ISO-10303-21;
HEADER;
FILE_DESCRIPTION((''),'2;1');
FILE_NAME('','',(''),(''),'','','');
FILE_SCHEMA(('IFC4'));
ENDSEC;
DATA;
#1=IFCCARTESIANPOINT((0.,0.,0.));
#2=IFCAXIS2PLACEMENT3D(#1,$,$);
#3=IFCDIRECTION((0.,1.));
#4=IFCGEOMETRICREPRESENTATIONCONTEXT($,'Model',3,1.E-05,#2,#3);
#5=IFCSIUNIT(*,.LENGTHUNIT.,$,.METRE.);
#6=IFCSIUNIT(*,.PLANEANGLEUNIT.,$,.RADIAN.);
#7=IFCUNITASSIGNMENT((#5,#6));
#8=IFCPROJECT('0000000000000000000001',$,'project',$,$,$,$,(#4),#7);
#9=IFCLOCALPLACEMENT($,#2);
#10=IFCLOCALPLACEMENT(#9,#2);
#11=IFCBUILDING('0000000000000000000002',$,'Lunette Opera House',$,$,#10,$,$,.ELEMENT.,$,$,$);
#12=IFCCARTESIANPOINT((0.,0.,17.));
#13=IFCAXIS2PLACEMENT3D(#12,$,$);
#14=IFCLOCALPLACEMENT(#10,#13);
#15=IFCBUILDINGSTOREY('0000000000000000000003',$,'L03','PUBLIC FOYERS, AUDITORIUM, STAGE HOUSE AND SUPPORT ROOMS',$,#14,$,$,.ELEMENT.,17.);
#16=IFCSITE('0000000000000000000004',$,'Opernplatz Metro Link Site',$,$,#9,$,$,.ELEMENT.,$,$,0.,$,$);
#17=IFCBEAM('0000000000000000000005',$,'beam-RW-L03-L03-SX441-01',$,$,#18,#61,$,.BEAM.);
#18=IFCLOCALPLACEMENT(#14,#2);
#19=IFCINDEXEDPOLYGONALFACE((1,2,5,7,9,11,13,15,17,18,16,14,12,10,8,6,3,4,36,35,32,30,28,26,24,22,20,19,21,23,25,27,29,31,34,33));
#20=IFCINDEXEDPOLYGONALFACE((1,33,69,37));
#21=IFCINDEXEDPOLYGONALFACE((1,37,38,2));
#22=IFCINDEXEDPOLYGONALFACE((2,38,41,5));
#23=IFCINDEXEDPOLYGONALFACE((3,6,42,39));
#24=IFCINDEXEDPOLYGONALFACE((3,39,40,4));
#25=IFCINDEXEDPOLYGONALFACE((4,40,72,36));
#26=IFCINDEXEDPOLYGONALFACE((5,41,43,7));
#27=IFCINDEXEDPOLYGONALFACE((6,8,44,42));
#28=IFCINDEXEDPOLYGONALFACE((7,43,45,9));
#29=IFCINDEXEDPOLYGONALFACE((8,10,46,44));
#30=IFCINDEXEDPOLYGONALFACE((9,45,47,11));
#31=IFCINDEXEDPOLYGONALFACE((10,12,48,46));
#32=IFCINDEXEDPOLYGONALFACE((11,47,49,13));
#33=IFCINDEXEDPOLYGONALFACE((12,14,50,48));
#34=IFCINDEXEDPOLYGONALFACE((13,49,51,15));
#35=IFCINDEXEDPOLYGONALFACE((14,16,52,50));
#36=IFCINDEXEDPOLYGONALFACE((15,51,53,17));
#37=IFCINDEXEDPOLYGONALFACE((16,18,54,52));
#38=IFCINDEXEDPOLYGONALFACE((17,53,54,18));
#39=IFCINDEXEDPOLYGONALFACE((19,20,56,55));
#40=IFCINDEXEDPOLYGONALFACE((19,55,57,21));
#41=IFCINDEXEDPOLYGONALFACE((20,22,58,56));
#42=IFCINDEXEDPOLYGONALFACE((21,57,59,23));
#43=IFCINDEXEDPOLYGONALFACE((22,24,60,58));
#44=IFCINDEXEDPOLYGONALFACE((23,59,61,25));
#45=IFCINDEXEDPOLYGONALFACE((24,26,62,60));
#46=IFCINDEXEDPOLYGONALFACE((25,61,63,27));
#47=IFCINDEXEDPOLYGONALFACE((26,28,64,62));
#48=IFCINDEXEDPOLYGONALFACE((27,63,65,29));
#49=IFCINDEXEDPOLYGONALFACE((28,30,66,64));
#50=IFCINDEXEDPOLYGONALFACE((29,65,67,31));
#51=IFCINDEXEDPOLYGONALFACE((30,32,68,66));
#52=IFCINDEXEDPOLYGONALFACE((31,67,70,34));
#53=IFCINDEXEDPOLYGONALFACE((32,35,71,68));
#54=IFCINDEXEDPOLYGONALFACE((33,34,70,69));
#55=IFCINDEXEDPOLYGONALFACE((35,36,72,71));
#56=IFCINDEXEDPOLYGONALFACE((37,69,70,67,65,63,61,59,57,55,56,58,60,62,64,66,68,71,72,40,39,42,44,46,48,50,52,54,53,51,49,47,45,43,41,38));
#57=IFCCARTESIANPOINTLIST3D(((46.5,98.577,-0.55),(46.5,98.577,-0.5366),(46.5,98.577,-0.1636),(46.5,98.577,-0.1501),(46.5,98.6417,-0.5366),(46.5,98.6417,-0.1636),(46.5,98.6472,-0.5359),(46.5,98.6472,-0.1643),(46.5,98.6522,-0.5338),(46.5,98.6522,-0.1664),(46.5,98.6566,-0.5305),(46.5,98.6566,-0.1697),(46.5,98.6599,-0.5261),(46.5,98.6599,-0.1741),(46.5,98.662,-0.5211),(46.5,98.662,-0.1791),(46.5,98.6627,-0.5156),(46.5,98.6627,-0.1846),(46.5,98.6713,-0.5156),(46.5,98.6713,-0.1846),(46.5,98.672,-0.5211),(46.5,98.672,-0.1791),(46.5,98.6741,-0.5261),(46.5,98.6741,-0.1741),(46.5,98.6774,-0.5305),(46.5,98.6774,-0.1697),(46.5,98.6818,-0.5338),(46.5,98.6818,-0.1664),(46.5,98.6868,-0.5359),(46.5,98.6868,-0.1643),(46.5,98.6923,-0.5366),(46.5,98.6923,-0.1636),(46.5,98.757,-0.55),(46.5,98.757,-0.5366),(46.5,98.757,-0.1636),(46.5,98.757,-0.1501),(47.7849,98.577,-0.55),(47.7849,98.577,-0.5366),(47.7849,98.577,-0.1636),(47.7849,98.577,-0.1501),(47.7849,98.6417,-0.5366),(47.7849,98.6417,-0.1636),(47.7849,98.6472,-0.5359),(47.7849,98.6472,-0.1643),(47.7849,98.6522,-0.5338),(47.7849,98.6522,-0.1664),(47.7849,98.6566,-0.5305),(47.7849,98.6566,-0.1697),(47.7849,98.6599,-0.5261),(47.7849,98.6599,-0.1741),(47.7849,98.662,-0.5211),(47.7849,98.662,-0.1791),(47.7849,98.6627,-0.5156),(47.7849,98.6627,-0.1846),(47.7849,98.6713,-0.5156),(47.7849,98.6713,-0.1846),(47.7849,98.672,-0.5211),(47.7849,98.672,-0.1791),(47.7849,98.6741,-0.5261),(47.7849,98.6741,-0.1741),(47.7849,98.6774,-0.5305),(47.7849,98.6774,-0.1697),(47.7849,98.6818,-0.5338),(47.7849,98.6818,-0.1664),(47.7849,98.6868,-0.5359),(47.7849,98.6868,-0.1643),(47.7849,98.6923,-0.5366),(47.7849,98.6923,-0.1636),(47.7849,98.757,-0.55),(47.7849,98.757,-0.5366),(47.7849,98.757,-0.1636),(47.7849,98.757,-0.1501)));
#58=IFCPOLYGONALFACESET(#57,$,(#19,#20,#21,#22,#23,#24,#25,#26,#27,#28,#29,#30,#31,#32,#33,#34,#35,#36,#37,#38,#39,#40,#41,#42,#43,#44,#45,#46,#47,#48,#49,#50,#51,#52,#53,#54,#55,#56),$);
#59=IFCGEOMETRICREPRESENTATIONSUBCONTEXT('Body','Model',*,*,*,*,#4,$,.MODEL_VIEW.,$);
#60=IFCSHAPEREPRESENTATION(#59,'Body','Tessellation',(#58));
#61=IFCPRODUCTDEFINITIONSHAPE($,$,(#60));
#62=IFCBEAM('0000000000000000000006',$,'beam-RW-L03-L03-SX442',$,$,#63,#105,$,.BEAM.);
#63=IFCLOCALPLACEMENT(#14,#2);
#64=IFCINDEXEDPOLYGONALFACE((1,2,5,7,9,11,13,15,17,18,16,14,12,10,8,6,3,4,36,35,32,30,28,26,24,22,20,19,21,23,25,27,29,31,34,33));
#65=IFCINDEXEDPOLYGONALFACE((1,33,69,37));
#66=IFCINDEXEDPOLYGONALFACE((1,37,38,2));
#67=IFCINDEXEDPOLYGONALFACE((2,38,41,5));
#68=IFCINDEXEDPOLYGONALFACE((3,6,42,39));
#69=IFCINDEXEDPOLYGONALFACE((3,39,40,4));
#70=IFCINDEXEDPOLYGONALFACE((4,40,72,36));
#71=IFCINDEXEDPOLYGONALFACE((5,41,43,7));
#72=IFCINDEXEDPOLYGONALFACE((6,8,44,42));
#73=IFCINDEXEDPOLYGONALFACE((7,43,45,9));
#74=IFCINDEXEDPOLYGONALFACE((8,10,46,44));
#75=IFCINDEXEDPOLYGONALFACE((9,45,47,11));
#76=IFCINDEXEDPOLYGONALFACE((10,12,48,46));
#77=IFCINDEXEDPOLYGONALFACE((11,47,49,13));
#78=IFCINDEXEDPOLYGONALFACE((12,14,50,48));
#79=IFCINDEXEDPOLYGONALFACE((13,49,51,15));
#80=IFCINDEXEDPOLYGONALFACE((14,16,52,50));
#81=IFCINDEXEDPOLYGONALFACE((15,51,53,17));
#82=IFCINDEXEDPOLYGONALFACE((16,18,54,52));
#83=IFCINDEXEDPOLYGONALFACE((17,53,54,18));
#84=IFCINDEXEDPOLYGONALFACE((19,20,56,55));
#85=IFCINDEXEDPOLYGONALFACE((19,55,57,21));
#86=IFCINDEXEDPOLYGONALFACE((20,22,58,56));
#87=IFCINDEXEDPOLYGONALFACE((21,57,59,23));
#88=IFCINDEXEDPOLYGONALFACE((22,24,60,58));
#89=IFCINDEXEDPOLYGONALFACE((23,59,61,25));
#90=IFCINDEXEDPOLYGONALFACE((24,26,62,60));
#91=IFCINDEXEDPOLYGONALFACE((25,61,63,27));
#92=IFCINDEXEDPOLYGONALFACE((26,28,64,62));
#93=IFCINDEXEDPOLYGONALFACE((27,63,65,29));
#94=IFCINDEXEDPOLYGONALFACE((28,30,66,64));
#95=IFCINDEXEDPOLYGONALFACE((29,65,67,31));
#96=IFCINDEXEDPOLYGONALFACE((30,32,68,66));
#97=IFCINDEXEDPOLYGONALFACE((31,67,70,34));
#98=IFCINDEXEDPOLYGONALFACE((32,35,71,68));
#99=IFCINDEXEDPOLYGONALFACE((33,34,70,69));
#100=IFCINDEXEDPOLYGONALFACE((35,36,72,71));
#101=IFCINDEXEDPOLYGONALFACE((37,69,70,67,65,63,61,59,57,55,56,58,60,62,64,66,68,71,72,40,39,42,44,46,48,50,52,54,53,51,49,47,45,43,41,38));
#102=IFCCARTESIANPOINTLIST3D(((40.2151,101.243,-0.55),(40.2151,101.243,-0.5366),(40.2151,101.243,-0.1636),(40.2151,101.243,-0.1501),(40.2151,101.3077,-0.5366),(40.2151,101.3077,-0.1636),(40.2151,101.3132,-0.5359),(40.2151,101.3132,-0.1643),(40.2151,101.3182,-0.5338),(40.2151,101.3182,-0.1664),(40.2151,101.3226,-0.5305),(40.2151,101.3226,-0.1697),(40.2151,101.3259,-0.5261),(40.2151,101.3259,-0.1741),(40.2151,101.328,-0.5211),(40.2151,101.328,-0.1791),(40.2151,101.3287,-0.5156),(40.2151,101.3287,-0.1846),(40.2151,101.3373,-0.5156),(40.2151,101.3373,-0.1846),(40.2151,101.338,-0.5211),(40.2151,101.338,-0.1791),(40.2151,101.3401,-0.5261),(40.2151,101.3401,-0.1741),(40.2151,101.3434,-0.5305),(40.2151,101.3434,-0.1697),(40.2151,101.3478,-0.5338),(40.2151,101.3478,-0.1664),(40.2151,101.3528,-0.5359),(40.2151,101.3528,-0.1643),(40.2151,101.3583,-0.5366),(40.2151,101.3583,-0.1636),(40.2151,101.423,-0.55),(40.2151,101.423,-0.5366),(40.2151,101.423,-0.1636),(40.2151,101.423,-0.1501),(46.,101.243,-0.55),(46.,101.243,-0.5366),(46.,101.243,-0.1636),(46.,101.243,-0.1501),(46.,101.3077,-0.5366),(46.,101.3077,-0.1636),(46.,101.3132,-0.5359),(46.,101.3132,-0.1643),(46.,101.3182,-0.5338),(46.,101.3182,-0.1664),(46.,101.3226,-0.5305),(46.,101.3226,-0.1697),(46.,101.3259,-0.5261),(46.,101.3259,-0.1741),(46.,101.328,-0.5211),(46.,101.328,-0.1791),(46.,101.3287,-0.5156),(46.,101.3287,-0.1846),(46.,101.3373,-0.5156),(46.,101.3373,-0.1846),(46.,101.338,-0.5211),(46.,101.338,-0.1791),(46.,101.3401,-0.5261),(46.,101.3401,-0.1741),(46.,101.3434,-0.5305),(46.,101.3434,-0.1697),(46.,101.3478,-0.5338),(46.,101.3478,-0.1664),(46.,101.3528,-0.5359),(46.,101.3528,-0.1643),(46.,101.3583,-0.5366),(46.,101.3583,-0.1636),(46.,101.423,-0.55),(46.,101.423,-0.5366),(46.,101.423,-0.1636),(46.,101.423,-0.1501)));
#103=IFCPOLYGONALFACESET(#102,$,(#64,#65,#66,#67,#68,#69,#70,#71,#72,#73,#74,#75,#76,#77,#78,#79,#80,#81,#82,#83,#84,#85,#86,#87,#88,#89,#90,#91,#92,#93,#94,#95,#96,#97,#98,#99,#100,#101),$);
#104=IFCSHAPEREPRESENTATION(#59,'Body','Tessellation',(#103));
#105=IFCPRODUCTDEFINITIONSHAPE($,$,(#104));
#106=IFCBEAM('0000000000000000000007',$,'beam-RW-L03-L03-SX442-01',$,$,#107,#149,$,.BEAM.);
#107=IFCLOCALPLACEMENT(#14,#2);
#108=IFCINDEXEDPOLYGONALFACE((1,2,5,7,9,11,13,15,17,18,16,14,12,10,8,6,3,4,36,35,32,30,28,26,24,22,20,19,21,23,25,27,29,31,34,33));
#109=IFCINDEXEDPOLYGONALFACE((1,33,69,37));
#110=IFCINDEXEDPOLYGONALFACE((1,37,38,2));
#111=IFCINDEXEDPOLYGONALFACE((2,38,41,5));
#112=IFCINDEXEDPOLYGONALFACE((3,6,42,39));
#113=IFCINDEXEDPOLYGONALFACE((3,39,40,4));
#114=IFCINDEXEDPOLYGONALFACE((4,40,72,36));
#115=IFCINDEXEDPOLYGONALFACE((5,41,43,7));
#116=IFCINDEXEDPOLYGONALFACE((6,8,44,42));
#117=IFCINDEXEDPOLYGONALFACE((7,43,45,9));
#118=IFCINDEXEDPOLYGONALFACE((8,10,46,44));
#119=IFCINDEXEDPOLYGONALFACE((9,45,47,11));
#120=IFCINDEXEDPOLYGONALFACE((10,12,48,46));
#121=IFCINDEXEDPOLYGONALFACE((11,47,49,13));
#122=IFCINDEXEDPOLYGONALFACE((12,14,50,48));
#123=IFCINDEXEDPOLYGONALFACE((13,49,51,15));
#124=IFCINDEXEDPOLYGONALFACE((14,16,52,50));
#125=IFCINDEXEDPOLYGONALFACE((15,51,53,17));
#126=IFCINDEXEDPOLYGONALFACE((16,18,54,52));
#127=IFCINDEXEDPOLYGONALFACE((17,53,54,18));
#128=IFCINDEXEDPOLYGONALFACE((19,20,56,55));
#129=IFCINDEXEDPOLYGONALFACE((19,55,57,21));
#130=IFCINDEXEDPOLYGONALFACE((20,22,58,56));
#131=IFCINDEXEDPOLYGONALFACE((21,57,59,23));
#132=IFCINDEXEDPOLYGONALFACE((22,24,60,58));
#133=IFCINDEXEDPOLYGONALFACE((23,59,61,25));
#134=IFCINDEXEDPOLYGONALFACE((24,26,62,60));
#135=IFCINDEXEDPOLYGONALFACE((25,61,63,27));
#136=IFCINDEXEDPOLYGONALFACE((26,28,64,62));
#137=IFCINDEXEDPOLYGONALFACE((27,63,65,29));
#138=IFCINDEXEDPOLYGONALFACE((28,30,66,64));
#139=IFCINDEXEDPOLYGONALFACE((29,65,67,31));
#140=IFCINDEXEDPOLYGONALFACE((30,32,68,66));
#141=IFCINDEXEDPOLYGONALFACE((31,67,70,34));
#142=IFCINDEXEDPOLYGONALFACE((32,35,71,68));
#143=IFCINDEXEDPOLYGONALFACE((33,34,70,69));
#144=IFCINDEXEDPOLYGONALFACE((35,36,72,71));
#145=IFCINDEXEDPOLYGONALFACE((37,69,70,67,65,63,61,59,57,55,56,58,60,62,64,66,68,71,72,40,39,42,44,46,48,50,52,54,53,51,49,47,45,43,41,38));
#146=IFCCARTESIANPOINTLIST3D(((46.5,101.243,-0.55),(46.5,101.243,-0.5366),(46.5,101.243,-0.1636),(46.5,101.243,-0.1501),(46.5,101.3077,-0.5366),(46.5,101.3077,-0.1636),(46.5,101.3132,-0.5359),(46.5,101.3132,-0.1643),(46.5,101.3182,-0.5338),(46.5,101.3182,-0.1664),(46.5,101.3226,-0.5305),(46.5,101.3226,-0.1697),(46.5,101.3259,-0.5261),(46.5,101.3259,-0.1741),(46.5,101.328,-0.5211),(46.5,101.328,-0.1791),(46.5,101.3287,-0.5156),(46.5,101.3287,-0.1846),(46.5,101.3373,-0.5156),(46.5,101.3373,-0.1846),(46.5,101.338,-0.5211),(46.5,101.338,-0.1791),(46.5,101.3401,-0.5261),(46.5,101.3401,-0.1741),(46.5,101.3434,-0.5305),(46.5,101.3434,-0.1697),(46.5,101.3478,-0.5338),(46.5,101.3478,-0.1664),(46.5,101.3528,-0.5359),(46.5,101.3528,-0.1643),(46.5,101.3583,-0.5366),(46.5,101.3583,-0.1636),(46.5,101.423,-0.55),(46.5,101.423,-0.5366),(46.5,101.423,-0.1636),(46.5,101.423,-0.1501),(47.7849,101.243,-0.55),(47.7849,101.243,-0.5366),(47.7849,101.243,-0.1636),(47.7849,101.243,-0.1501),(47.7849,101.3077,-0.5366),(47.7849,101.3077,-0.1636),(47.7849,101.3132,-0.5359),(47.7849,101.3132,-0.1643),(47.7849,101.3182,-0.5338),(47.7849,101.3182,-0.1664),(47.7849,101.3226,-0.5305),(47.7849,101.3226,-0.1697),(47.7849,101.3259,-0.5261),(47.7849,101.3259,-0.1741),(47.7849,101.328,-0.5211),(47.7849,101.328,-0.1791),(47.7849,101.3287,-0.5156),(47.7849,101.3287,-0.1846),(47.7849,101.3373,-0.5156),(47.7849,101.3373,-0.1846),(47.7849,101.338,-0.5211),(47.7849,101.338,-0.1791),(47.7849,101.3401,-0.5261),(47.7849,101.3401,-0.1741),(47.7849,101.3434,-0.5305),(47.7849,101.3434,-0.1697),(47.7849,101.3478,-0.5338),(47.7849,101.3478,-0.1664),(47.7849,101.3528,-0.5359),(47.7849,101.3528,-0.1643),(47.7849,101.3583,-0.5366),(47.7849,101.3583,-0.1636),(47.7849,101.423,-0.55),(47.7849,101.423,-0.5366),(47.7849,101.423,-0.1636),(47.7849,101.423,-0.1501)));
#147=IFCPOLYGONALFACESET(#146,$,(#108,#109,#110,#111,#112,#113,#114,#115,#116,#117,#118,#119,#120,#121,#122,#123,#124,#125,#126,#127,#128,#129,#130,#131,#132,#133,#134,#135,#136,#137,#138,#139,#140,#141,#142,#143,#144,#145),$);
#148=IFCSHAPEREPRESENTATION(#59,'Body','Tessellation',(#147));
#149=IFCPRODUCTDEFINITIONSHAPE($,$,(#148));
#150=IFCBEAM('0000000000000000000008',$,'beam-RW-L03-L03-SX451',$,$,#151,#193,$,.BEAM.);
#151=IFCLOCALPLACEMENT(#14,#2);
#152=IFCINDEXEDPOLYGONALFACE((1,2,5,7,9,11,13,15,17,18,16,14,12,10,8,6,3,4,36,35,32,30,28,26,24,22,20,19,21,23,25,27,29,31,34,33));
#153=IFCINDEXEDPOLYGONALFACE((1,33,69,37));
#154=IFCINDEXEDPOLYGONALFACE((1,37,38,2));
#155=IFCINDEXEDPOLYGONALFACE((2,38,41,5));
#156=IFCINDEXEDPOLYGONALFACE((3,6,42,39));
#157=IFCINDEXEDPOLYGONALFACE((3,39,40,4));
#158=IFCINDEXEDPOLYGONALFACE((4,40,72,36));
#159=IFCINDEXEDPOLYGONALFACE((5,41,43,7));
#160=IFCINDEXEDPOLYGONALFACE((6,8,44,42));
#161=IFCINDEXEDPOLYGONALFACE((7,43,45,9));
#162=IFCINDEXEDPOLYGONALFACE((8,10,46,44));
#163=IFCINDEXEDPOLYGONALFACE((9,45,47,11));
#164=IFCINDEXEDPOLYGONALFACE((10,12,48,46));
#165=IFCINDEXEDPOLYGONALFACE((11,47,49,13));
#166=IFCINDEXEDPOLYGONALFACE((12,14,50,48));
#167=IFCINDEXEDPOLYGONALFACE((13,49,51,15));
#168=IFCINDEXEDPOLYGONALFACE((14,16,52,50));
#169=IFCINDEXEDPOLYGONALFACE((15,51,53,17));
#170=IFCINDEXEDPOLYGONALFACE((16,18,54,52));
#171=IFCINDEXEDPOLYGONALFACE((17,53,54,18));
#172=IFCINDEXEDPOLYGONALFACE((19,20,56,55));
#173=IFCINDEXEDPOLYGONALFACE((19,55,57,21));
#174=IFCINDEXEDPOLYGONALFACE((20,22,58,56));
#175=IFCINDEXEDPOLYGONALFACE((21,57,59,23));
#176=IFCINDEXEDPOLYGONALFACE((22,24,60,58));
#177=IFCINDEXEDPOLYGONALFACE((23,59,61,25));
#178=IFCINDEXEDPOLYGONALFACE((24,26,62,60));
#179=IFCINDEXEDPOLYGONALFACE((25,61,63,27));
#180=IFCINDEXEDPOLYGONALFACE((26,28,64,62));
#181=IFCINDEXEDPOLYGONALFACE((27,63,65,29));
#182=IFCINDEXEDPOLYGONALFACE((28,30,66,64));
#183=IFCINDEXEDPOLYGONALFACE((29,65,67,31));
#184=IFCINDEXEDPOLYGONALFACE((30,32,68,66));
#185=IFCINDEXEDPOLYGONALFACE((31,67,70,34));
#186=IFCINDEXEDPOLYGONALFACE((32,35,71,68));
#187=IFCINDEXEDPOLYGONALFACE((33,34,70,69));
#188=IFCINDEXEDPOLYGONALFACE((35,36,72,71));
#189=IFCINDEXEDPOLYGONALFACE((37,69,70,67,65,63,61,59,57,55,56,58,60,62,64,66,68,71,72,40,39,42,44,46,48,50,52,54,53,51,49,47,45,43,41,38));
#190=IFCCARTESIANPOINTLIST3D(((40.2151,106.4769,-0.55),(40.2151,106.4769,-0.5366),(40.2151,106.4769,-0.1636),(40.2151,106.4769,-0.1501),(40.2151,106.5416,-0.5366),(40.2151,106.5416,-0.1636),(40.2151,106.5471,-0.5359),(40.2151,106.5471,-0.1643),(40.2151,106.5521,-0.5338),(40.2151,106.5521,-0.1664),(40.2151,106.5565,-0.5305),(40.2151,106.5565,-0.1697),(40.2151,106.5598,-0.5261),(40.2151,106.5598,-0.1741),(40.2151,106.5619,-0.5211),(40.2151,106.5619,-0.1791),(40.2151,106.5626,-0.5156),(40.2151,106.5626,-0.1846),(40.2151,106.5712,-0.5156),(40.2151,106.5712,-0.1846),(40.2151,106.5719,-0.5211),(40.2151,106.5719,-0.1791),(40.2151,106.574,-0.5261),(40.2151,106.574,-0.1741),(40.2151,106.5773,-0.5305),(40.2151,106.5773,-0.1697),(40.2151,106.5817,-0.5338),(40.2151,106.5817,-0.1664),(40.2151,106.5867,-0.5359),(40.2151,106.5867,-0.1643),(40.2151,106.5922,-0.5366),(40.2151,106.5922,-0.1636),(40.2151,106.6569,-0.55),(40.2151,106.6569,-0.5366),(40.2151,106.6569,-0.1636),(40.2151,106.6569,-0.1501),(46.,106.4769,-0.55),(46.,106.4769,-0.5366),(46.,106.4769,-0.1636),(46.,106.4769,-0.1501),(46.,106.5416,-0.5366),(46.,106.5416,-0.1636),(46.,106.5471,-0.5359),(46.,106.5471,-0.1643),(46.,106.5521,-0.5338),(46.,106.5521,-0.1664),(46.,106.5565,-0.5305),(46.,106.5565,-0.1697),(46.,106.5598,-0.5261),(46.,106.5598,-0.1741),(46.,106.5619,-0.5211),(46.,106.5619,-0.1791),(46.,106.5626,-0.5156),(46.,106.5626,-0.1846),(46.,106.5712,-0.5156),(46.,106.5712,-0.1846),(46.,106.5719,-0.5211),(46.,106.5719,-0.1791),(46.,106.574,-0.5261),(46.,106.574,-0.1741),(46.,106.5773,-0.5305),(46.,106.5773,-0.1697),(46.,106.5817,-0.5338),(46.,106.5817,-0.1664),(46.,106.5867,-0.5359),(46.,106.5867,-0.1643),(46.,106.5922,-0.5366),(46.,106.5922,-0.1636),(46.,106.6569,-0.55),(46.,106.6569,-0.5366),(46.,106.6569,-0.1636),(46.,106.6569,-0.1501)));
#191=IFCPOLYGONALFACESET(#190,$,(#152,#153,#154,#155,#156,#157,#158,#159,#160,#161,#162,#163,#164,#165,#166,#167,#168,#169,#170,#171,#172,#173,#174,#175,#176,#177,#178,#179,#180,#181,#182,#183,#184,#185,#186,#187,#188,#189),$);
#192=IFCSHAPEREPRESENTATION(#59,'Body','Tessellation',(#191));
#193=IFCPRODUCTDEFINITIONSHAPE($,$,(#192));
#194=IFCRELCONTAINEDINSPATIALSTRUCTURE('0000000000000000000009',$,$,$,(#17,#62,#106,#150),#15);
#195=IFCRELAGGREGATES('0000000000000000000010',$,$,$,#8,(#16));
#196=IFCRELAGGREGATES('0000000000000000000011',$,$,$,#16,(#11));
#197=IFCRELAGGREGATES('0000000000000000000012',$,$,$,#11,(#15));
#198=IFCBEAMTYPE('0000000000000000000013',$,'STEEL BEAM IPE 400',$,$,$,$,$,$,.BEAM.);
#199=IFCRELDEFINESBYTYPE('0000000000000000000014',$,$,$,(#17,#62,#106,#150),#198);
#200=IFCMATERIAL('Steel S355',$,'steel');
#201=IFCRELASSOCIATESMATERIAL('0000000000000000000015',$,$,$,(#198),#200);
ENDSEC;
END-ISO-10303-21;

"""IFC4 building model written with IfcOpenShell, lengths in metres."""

from ifc_helpers import new_model, si_unit, direction, frame, origin, origin_2d, place, context, subcontext, project, spatial, i_section, extrude, material, material_profile, profile_set, type_object, element, save


model = new_model("IFC4")

# Units and contexts
model_context = context("Model", 3, precision=1e-05, world=origin(), true_north=direction((0.0, 1.0)))
body_context = subcontext(model_context, "Body", "Model", "MODEL_VIEW")
ifc_project = project(units=[si_unit("LENGTHUNIT", "METRE"), si_unit("PLANEANGLEUNIT", "RADIAN")], contexts=[model_context])

# Site, building, storey
site_placement = place(None, origin())
site = spatial("IfcSite", under=ifc_project, at=site_placement, Name="Opernplatz Metro Link Site", CompositionType="ELEMENT", RefElevation=0.0)
building_placement = place(site_placement, origin())
building = spatial("IfcBuilding", under=site, at=building_placement, Name="Lunette Opera House", CompositionType="ELEMENT")
storey_placement = place(building_placement, frame((0.0, 0.0, 17.0)))
storey = spatial("IfcBuildingStorey", under=building, at=storey_placement, Name="L03", Description="PUBLIC FOYERS, AUDITORIUM, STAGE HOUSE AND SUPPORT ROOMS", CompositionType="ELEMENT", Elevation=17.0)

# Beams
ifc_material_1 = material(Name="Steel S355", Category="steel")
ifc_material_profile_1 = material_profile(ifc_material_1, i_section(OverallWidth=0.1799, OverallDepth=0.3999, WebThickness=0.0085, FlangeThickness=0.0134, FilletRadius=0.021, at=origin_2d()), Name="IPE 400")
ifc_profile_set_1 = profile_set([ifc_material_profile_1], Name="Steel S355")
beam_type_1 = type_object("IfcBeamType", Name="STEEL BEAM IPE 400", PredefinedType="BEAM", material=ifc_profile_set_1)
beam_1_placement = place(storey_placement, frame((46.5, 98.667, -0.3501), z_axis=(1.0, 0.0, 0.0), x_axis=(0.0, 1.0, 0.0)))
element("IfcBeam", 1, at=beam_1_placement, inside=storey, type_object=beam_type_1, Name="beam-RW-L03-L03-SX441-01", PredefinedType="BEAM", context=body_context, shape_type="SweptSolid", body=[
    extrude(i_section(OverallWidth=0.1799, OverallDepth=0.3999, WebThickness=0.0085, FlangeThickness=0.0134, FilletRadius=0.021, at=origin_2d()), origin(), (0.0, 0.0, 1.0), 1.2849),
])
beam_2_placement = place(storey_placement, frame((40.2151, 101.333, -0.3501), z_axis=(1.0, 0.0, 0.0), x_axis=(0.0, 1.0, 0.0)))
element("IfcBeam", 2, at=beam_2_placement, inside=storey, type_object=beam_type_1, Name="beam-RW-L03-L03-SX442", PredefinedType="BEAM", context=body_context, shape_type="SweptSolid", body=[
    extrude(i_section(OverallWidth=0.1799, OverallDepth=0.3999, WebThickness=0.0085, FlangeThickness=0.0134, FilletRadius=0.021, at=origin_2d()), origin(), (0.0, 0.0, 1.0), 5.7849),
])
beam_3_placement = place(storey_placement, frame((46.5, 101.333, -0.3501), z_axis=(1.0, 0.0, 0.0), x_axis=(0.0, 1.0, 0.0)))
element("IfcBeam", 3, at=beam_3_placement, inside=storey, type_object=beam_type_1, Name="beam-RW-L03-L03-SX442-01", PredefinedType="BEAM", context=body_context, shape_type="SweptSolid", body=[
    extrude(i_section(OverallWidth=0.1799, OverallDepth=0.3999, WebThickness=0.0085, FlangeThickness=0.0134, FilletRadius=0.021, at=origin_2d()), origin(), (0.0, 0.0, 1.0), 1.2849),
])
beam_4_placement = place(storey_placement, frame((40.2151, 106.5669, -0.3501), z_axis=(1.0, 0.0, 0.0), x_axis=(0.0, 1.0, 0.0)))
element("IfcBeam", 4, at=beam_4_placement, inside=storey, type_object=beam_type_1, Name="beam-RW-L03-L03-SX451", PredefinedType="BEAM", context=body_context, shape_type="SweptSolid", body=[
    extrude(i_section(OverallWidth=0.1799, OverallDepth=0.3999, WebThickness=0.0085, FlangeThickness=0.0134, FilletRadius=0.021, at=origin_2d()), origin(), (0.0, 0.0, 1.0), 5.7849),
])

save(model, "model.ifc")
